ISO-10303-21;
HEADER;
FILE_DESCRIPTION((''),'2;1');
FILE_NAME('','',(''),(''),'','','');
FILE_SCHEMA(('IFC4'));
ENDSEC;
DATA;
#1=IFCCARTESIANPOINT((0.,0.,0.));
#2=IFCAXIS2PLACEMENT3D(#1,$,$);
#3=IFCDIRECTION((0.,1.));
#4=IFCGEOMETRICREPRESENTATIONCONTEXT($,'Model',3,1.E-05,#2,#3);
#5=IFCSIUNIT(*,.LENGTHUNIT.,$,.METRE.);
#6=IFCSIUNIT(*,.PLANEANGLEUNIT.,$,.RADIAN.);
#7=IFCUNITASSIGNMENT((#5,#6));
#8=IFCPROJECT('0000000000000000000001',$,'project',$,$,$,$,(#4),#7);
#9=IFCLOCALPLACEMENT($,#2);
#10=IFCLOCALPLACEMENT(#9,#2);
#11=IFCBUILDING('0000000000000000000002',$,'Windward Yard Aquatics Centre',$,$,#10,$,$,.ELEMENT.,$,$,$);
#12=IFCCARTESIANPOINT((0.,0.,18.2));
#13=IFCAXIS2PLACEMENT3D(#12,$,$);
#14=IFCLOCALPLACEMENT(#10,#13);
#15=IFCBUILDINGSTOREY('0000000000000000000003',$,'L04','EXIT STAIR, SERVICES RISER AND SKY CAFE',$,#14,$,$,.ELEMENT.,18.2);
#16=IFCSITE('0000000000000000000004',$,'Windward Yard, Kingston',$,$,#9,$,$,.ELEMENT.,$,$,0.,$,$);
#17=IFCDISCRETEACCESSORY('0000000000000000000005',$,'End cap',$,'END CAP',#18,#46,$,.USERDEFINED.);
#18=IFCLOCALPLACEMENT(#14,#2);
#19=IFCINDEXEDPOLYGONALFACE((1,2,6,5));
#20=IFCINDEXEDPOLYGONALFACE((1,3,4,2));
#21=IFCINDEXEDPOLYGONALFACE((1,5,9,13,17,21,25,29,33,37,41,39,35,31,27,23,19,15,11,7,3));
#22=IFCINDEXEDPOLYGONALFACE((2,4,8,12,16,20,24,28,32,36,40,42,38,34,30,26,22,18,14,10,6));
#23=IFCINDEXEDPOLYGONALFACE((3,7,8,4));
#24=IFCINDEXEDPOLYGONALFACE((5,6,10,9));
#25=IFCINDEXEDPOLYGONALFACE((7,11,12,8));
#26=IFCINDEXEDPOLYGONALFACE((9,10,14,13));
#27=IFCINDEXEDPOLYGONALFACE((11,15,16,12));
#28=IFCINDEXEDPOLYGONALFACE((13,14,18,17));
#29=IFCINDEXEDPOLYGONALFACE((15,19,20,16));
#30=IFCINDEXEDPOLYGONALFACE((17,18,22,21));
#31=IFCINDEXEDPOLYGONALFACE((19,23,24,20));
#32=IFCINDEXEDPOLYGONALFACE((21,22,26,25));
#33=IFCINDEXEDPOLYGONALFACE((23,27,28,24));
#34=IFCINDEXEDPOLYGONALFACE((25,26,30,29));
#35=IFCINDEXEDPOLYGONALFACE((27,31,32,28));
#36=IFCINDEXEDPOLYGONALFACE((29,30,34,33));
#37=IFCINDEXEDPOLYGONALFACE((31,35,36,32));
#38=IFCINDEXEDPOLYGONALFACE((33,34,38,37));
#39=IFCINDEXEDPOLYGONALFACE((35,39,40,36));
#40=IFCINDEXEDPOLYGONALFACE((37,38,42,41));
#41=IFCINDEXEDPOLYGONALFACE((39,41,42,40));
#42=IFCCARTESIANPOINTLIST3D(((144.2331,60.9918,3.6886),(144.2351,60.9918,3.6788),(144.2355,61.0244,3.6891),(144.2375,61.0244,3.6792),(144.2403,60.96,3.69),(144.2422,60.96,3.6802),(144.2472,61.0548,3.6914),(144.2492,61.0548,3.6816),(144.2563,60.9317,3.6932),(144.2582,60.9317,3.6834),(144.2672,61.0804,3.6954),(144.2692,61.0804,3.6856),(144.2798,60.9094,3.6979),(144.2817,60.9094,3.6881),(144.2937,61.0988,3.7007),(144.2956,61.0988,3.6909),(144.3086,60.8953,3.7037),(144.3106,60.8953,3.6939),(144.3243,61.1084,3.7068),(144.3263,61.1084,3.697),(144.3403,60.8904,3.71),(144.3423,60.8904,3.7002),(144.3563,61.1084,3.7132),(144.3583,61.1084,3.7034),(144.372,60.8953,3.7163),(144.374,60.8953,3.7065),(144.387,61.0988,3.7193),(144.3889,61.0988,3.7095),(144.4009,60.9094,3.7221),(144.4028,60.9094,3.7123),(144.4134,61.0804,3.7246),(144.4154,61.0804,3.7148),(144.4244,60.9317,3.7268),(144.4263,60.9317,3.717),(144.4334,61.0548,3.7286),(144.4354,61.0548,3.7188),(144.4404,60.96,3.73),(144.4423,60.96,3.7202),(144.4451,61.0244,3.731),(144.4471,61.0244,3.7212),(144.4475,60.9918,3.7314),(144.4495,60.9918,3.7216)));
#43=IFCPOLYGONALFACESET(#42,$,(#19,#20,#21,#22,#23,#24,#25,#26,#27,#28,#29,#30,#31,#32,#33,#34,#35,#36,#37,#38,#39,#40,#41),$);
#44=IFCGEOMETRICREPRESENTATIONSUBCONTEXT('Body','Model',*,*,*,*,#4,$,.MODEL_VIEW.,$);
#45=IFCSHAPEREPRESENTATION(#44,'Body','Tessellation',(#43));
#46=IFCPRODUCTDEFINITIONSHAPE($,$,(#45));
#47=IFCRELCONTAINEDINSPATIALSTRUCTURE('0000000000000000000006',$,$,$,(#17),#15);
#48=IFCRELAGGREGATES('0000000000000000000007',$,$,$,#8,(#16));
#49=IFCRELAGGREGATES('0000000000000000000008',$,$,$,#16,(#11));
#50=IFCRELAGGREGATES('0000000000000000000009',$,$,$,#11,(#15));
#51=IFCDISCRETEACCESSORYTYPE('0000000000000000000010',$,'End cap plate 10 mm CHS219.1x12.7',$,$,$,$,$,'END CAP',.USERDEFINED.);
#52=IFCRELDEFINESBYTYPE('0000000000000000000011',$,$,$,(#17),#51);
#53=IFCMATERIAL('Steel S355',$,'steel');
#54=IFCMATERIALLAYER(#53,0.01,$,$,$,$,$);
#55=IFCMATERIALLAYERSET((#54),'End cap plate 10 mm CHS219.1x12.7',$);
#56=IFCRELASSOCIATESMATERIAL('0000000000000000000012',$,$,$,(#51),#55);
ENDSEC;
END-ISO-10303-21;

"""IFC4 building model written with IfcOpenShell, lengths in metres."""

from ifc_helpers import new_model, si_unit, direction, frame, origin, origin_2d, place, context, subcontext, project, spatial, circle, extrude, material, layer, layer_set, type_object, element, save


model = new_model("IFC4")

# Units and contexts
model_context = context("Model", 3, precision=1e-05, world=origin(), true_north=direction((0.0, 1.0)))
body_context = subcontext(model_context, "Body", "Model", "MODEL_VIEW")
ifc_project = project(units=[si_unit("LENGTHUNIT", "METRE"), si_unit("PLANEANGLEUNIT", "RADIAN")], contexts=[model_context])

# Site, building, storey
site_placement = place(None, origin())
site = spatial("IfcSite", under=ifc_project, at=site_placement, Name="Windward Yard, Kingston", CompositionType="ELEMENT", RefElevation=0.0)
building_placement = place(site_placement, origin())
building = spatial("IfcBuilding", under=site, at=building_placement, Name="Windward Yard Aquatics Centre", CompositionType="ELEMENT")
storey_placement = place(building_placement, frame((0.0, 0.0, 18.2)))
storey = spatial("IfcBuildingStorey", under=building, at=storey_placement, Name="L04", Description="EXIT STAIR, SERVICES RISER AND SKY CAFE", CompositionType="ELEMENT", Elevation=18.2)

# Discrete accessory
ifc_material_1 = material(Name="Steel S355", Category="steel")
ifc_layer_1 = layer(ifc_material_1, 0.01)
ifc_layer_set_1 = layer_set([ifc_layer_1], Name="End cap plate 10 mm CHS219.1x12.7")
discrete_accessory_type = type_object("IfcDiscreteAccessoryType", Name="End cap plate 10 mm CHS219.1x12.7", ElementType="END CAP", PredefinedType="USERDEFINED", material=ifc_layer_set_1)
discrete_accessory_placement = place(storey_placement, frame((144.3423, 61.0, 3.7002), z_axis=(-0.196116, 0.0, 0.980581), x_axis=(0.0, -1.0, 0.0)))
element("IfcDiscreteAccessory", 1, at=discrete_accessory_placement, inside=storey, type_object=discrete_accessory_type, Name="End cap", ObjectType="END CAP", PredefinedType="USERDEFINED", context=body_context, shape_type="SweptSolid", body=[
    extrude(circle(Radius=0.1096, at=origin_2d()), origin(), (0.0, 0.0, 1.0), 0.01),
])

save(model, "model.ifc")
